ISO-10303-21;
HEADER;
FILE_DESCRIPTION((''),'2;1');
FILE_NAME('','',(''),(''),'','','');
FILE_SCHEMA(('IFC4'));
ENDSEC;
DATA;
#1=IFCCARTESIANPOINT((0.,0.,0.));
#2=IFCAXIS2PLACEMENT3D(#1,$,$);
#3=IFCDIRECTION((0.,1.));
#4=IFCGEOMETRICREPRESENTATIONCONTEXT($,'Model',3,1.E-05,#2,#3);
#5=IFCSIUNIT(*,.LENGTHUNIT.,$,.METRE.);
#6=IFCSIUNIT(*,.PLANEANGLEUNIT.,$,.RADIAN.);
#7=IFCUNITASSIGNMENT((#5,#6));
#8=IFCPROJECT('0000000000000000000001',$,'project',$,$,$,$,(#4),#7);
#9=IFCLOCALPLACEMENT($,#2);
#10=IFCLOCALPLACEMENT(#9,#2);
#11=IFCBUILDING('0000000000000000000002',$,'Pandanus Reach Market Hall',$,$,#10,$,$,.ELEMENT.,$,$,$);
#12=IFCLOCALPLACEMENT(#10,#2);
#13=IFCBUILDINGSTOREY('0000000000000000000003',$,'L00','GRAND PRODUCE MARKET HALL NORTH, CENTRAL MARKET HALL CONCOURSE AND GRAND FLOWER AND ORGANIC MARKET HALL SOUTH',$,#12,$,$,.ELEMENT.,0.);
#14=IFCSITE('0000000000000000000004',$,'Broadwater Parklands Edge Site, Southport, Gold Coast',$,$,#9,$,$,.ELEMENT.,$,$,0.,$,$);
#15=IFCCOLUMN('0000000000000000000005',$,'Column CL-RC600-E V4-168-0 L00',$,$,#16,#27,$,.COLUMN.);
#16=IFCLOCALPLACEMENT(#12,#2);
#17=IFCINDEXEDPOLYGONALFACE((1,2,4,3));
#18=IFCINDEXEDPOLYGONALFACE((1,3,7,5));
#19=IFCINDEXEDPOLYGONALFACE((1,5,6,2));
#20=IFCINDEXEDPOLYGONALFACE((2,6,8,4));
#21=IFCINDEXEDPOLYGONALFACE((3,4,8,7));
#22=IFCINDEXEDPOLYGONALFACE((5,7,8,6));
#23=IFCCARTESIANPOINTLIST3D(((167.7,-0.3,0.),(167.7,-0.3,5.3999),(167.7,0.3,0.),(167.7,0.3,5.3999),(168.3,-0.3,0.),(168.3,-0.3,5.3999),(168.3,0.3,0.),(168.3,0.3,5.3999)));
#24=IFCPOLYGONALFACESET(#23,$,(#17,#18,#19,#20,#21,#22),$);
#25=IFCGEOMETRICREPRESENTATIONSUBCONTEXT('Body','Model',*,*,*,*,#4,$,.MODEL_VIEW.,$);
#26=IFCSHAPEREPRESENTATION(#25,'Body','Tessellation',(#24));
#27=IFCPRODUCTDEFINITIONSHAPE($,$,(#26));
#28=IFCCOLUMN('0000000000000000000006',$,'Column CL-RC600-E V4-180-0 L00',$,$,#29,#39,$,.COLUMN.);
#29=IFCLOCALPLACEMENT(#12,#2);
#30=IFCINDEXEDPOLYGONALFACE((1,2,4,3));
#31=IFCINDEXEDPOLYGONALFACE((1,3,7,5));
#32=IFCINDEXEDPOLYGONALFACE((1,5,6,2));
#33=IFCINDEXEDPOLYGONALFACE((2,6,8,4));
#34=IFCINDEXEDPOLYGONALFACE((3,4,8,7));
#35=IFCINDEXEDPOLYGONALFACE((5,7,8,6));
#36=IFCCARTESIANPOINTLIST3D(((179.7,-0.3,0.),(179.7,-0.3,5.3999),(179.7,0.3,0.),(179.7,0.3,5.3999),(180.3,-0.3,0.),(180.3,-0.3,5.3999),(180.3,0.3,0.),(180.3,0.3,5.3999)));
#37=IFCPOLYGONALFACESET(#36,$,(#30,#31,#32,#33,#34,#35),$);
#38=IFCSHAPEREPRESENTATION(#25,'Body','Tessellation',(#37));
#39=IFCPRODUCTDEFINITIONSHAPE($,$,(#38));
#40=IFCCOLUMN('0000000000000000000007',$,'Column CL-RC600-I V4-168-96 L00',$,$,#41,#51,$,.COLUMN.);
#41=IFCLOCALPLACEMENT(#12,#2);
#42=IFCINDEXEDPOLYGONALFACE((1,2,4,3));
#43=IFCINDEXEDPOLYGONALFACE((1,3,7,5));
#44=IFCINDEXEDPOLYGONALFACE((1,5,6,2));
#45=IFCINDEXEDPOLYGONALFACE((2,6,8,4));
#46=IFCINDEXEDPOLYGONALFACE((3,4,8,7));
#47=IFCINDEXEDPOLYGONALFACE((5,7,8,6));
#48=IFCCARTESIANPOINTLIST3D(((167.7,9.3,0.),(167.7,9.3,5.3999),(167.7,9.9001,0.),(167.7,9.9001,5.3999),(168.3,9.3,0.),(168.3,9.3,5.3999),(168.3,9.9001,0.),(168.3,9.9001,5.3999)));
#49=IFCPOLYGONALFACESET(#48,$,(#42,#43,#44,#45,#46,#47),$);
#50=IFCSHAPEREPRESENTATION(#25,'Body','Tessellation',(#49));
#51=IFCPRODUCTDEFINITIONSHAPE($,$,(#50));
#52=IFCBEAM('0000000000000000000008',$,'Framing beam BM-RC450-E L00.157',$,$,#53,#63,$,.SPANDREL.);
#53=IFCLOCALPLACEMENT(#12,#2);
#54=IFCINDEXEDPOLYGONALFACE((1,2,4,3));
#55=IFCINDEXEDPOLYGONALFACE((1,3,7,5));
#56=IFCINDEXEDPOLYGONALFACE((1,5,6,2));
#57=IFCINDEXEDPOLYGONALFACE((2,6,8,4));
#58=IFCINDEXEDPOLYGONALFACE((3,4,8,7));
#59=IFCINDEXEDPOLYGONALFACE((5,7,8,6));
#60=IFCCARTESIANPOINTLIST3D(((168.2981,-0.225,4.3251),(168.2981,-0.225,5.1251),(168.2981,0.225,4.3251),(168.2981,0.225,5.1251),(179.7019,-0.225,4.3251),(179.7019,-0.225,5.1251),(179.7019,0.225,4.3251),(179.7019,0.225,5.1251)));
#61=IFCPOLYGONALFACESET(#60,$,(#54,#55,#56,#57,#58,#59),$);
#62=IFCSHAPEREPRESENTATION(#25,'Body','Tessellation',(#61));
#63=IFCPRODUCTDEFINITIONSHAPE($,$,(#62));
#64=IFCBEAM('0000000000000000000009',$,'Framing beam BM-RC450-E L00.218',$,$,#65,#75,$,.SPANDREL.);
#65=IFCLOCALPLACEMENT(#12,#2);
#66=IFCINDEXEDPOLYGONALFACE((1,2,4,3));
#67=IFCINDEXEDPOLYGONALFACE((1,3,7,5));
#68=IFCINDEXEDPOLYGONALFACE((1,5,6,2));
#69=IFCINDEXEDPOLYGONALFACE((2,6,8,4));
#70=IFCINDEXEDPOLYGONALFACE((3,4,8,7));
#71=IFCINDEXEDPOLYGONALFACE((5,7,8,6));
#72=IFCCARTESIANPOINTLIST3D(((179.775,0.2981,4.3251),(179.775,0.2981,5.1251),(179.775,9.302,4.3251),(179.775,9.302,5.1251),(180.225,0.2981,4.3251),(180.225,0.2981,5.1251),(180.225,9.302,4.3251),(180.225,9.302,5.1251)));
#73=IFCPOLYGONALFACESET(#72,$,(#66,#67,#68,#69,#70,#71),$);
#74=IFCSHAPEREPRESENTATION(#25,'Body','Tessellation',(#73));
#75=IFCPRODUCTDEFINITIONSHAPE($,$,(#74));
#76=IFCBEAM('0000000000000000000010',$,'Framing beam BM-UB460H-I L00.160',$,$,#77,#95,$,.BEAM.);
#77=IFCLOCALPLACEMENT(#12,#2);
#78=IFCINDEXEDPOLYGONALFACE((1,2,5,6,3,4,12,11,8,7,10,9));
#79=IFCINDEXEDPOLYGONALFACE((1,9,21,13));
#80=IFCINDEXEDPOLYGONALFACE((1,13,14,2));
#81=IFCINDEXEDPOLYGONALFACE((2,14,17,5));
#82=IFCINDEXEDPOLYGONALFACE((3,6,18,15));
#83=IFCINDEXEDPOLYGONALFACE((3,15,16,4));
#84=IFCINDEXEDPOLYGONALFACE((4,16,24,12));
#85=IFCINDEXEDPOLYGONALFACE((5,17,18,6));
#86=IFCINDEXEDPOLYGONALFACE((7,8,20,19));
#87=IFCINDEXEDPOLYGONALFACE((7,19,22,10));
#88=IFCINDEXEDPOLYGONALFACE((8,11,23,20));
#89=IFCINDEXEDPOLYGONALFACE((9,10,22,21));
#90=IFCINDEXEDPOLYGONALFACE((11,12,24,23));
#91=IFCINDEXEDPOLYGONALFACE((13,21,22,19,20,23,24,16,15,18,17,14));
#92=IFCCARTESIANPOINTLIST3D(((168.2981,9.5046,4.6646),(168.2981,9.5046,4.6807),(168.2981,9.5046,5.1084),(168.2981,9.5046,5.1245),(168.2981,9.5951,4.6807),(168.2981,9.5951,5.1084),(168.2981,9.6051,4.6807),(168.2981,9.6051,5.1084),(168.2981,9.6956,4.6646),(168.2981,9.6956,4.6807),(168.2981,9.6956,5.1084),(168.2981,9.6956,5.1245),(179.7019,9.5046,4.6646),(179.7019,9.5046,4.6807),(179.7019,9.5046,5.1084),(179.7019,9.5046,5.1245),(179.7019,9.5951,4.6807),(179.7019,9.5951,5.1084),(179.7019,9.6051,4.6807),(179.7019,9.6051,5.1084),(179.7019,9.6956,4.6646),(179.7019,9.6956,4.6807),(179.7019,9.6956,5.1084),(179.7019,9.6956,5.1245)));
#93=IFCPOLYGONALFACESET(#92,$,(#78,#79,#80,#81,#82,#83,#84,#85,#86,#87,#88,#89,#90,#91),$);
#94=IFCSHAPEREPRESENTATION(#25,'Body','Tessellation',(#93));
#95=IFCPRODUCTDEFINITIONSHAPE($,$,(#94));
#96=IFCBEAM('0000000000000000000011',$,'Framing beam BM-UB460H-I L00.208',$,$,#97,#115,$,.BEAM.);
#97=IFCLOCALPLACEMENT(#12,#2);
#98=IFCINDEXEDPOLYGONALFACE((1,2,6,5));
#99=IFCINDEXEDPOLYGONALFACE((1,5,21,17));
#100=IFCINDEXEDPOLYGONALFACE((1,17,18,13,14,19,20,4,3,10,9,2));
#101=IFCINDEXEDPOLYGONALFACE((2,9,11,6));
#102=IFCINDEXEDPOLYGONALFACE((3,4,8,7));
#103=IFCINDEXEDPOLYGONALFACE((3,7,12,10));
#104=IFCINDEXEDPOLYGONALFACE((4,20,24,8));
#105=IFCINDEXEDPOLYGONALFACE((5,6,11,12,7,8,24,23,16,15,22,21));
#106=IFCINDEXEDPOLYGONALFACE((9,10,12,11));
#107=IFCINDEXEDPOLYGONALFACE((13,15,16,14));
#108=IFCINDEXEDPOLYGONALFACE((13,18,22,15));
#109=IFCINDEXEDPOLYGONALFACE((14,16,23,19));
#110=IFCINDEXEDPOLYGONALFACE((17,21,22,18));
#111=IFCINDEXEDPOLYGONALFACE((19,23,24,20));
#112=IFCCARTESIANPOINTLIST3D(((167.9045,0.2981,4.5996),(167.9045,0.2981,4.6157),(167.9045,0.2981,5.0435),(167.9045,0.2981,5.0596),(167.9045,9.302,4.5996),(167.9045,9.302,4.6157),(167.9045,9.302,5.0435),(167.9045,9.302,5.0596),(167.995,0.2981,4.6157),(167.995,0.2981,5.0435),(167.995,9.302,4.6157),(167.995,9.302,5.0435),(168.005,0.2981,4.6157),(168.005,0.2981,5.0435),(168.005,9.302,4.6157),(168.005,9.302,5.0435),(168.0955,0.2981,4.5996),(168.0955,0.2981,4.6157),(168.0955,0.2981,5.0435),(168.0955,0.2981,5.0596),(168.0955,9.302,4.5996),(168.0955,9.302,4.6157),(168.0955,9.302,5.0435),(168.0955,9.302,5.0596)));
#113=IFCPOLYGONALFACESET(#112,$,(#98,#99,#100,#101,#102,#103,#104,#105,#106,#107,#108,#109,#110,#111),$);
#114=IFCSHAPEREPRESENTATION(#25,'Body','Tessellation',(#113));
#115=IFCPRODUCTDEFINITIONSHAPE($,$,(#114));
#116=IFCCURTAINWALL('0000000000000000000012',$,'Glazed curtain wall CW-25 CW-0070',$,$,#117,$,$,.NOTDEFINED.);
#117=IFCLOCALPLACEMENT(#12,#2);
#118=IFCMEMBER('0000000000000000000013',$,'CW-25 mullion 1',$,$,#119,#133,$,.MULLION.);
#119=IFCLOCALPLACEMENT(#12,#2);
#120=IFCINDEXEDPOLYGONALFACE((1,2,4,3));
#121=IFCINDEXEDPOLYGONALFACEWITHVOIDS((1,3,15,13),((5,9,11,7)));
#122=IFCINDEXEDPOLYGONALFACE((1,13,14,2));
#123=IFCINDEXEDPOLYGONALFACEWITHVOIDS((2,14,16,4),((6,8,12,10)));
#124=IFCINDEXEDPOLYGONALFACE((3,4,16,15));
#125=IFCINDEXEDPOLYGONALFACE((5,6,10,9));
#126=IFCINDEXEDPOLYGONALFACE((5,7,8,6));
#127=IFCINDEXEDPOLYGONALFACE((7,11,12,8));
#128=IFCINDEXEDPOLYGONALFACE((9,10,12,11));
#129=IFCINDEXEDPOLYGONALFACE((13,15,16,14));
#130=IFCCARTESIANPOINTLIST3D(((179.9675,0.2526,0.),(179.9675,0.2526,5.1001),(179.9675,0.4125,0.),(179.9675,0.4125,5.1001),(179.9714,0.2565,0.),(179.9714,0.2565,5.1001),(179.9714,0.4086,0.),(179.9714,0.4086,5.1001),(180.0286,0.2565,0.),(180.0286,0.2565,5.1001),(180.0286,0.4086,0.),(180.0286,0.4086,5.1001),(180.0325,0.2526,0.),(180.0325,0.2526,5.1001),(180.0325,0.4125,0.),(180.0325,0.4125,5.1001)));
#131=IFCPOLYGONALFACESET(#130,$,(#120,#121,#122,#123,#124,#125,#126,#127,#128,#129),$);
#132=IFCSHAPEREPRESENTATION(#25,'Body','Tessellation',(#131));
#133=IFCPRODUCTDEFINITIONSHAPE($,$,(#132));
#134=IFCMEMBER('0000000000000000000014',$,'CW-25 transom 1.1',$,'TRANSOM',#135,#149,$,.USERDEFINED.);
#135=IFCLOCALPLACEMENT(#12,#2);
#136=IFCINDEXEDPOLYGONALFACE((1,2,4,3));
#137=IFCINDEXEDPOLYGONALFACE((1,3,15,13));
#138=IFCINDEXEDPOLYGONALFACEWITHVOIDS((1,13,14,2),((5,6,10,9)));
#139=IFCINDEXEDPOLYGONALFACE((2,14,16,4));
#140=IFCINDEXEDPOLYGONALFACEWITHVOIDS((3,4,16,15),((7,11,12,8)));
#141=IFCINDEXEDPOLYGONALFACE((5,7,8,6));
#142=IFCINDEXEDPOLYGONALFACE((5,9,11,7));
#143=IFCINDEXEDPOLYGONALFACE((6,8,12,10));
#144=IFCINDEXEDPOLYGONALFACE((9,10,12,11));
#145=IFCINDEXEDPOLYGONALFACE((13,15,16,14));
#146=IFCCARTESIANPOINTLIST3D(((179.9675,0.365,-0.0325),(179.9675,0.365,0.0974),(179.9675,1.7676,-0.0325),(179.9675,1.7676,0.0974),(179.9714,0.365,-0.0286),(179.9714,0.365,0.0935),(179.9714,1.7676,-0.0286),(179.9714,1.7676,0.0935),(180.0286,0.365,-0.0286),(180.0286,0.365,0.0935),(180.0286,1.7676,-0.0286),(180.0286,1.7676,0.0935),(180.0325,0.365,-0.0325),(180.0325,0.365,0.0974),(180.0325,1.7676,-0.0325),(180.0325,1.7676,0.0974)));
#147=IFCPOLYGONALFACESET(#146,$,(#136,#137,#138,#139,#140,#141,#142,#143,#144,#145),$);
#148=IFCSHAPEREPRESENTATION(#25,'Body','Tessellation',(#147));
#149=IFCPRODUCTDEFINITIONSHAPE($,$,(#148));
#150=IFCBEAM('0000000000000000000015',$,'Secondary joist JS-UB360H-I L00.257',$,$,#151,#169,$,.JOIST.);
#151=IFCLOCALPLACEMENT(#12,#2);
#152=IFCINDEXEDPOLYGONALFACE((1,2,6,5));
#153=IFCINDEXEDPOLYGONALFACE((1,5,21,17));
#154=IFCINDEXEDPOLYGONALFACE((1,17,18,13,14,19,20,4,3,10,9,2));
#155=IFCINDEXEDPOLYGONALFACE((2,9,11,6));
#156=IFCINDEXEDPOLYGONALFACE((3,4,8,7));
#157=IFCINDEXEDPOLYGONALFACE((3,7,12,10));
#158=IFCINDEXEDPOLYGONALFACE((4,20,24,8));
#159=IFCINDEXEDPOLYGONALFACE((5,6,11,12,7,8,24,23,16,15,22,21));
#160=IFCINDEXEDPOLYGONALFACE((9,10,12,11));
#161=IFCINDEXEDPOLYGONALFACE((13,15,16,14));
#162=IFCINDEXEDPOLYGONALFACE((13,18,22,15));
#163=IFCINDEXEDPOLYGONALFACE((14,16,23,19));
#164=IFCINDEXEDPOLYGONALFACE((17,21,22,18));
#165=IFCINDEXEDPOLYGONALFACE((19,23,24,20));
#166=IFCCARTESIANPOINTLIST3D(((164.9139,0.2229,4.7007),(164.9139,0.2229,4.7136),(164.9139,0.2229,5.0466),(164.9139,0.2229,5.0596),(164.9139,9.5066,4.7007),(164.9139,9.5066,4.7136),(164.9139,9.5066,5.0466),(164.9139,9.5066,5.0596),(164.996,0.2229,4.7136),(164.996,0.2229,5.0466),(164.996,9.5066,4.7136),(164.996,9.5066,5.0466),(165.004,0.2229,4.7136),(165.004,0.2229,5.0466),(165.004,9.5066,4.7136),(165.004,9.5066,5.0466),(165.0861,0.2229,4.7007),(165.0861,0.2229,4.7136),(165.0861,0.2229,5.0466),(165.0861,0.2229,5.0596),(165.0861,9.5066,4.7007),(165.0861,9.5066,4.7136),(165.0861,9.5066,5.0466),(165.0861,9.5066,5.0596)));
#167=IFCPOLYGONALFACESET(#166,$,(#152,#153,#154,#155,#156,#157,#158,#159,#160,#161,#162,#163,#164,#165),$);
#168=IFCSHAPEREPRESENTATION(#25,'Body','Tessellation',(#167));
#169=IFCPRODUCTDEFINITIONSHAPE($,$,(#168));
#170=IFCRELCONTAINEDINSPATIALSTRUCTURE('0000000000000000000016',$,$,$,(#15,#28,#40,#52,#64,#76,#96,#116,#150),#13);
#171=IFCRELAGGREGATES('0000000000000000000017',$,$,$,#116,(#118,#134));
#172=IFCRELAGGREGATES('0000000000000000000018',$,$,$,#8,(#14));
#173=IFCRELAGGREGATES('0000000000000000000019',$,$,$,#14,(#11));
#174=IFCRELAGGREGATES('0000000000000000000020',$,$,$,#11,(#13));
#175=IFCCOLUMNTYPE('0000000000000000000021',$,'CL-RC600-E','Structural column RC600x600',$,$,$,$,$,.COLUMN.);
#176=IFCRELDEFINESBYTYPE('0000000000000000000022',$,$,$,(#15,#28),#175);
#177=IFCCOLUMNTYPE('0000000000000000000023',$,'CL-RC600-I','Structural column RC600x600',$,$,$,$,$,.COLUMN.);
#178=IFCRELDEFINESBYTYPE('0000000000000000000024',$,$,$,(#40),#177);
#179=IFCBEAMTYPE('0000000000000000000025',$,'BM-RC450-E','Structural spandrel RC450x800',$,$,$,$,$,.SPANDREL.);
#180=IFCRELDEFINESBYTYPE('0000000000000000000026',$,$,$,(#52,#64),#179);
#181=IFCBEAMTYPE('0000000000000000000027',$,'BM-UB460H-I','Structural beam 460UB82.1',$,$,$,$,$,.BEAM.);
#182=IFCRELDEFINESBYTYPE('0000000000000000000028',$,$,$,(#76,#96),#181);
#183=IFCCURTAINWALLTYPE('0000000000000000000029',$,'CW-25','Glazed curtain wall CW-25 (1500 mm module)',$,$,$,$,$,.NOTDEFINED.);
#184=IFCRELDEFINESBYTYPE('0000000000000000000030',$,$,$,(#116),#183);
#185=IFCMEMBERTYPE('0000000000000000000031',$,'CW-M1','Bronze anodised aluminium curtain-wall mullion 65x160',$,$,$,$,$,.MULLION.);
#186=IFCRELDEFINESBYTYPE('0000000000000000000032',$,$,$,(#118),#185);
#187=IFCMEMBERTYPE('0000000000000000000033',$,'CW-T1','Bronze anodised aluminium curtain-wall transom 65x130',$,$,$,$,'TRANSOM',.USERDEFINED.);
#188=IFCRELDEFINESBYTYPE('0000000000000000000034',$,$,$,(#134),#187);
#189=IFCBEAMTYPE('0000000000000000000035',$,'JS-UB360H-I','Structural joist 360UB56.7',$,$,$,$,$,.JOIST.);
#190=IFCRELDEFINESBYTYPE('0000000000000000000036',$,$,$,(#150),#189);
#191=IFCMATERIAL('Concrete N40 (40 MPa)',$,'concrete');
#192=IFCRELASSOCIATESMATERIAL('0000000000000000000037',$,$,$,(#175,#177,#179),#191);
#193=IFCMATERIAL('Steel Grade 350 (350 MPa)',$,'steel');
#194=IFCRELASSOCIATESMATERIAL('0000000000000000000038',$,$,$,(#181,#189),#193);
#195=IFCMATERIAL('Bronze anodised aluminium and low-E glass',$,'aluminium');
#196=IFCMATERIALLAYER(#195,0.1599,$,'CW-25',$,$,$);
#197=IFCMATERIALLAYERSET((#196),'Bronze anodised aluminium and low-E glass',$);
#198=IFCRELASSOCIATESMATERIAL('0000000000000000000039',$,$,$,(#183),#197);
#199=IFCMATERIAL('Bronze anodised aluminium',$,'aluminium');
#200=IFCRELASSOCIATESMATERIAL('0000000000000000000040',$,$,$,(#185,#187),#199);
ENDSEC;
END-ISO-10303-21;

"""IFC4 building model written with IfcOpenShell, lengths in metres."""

from ifc_helpers import new_model, si_unit, direction, frame, origin, origin_2d, place, context, subcontext, project, spatial, rectangle, hollow_rectangle, i_section, extrude, material, layer, layer_set, material_profile, profile_set, type_object, element, aggregate, save


model = new_model("IFC4")

# Units and contexts
model_context = context("Model", 3, precision=1e-05, world=origin(), true_north=direction((0.0, 1.0)))
body_context = subcontext(model_context, "Body", "Model", "MODEL_VIEW")
ifc_project = project(units=[si_unit("LENGTHUNIT", "METRE"), si_unit("PLANEANGLEUNIT", "RADIAN")], contexts=[model_context])

# Site, building, storey
site_placement = place(None, origin())
site = spatial("IfcSite", under=ifc_project, at=site_placement, Name="Broadwater Parklands Edge Site, Southport, Gold Coast", CompositionType="ELEMENT", RefElevation=0.0)
building_placement = place(site_placement, origin())
building = spatial("IfcBuilding", under=site, at=building_placement, Name="Pandanus Reach Market Hall", CompositionType="ELEMENT")
storey_placement = place(building_placement, origin())
storey = spatial("IfcBuildingStorey", under=building, at=storey_placement, Name="L00", Description="GRAND PRODUCE MARKET HALL NORTH, CENTRAL MARKET HALL CONCOURSE AND GRAND FLOWER AND ORGANIC MARKET HALL SOUTH", CompositionType="ELEMENT", Elevation=0.0)

# Columns
ifc_material_1 = material(Name="Concrete N40 (40 MPa)", Category="concrete")
ifc_material_profile_1 = material_profile(ifc_material_1, rectangle(XDim=0.6001, YDim=0.6001, at=origin_2d()), Name="RC600x600", Category="LoadBearing")
ifc_profile_set_1 = profile_set([ifc_material_profile_1], Name="Concrete N40 (40 MPa)")
column_type_1 = type_object("IfcColumnType", Name="CL-RC600-E", Description="Structural column RC600x600", PredefinedType="COLUMN", material=ifc_profile_set_1)
for number, where, z_axis, x_axis, name in (
    (1, (168.0, 0.0, 0.0), (0.0, 0.0, 1.0), (1.0, 0.0, 0.0), "Column CL-RC600-E V4-168-0 L00"),
    (2, (180.0, 0.0, 0.0), (0.0, 0.0, 1.0), (1.0, 0.0, 0.0), "Column CL-RC600-E V4-180-0 L00"),
):
    element("IfcColumn", number, at=place(storey_placement, frame(where, z_axis=z_axis, x_axis=x_axis)), inside=storey, type_object=column_type_1, Name=name, PredefinedType="COLUMN", context=body_context, shape_type="SweptSolid", body=[
        extrude(rectangle(XDim=0.6001, YDim=0.6001, at=origin_2d()), origin(), (0.0, 0.0, 1.0), 5.3999),
    ])
ifc_material_profile_2 = material_profile(ifc_material_1, rectangle(XDim=0.6001, YDim=0.6001, at=origin_2d()), Name="RC600x600", Category="LoadBearing")
ifc_profile_set_2 = profile_set([ifc_material_profile_2], Name="Concrete N40 (40 MPa)")
column_type_2 = type_object("IfcColumnType", Name="CL-RC600-I", Description="Structural column RC600x600", PredefinedType="COLUMN", material=ifc_profile_set_2)
column_placement = place(storey_placement, frame((168.0, 9.6001, 0.0), z_axis=(0.0, 0.0, 1.0), x_axis=(1.0, 0.0, 0.0)))
element("IfcColumn", 3, at=column_placement, inside=storey, type_object=column_type_2, Name="Column CL-RC600-I V4-168-96 L00", PredefinedType="COLUMN", context=body_context, shape_type="SweptSolid", body=[
    extrude(rectangle(XDim=0.6001, YDim=0.6001, at=origin_2d()), origin(), (0.0, 0.0, 1.0), 5.3999),
])

# Beams
ifc_material_profile_3 = material_profile(ifc_material_1, rectangle(XDim=0.45, YDim=0.8, at=origin_2d()), Name="RC450x800", Category="LoadBearing")
ifc_profile_set_3 = profile_set([ifc_material_profile_3], Name="Concrete N40 (40 MPa)")
beam_type_1 = type_object("IfcBeamType", Name="BM-RC450-E", Description="Structural spandrel RC450x800", PredefinedType="SPANDREL", material=ifc_profile_set_3)
beam_1_placement = place(storey_placement, frame((168.2981, 0.0, 4.7251), z_axis=(1.0, 0.0, 0.0), x_axis=(0.0, 1.0, 0.0)))
element("IfcBeam", 4, at=beam_1_placement, inside=storey, type_object=beam_type_1, Name="Framing beam BM-RC450-E L00.157", PredefinedType="SPANDREL", context=body_context, shape_type="SweptSolid", body=[
    extrude(rectangle(XDim=0.45, YDim=0.8, at=origin_2d()), origin(), (0.0, 0.0, 1.0), 11.4038),
])
beam_2_placement = place(storey_placement, frame((180.0, 0.2981, 4.7251), z_axis=(0.0, 1.0, 0.0), x_axis=(-1.0, 0.0, 0.0)))
element("IfcBeam", 5, at=beam_2_placement, inside=storey, type_object=beam_type_1, Name="Framing beam BM-RC450-E L00.218", PredefinedType="SPANDREL", context=body_context, shape_type="SweptSolid", body=[
    extrude(rectangle(XDim=0.45, YDim=0.8, at=origin_2d()), origin(), (0.0, 0.0, 1.0), 9.0039),
])
ifc_material_2 = material(Name="Steel Grade 350 (350 MPa)", Category="steel")
ifc_material_profile_4 = material_profile(ifc_material_2, i_section(OverallWidth=0.1909, OverallDepth=0.46, WebThickness=0.01, FlangeThickness=0.0161, at=origin_2d()), Name="460UB82.1", Category="LoadBearing")
ifc_profile_set_4 = profile_set([ifc_material_profile_4], Name="Steel Grade 350 (350 MPa)")
beam_type_2 = type_object("IfcBeamType", Name="BM-UB460H-I", Description="Structural beam 460UB82.1", PredefinedType="BEAM", material=ifc_profile_set_4)
beam_3_placement = place(storey_placement, frame((168.2981, 9.6001, 4.8945), z_axis=(1.0, 0.0, 0.0), x_axis=(0.0, 1.0, 0.0)))
element("IfcBeam", 6, at=beam_3_placement, inside=storey, type_object=beam_type_2, Name="Framing beam BM-UB460H-I L00.160", PredefinedType="BEAM", context=body_context, shape_type="SweptSolid", body=[
    extrude(i_section(OverallWidth=0.1909, OverallDepth=0.46, WebThickness=0.01, FlangeThickness=0.0161, at=origin_2d()), origin(), (0.0, 0.0, 1.0), 11.4038),
])
beam_4_placement = place(storey_placement, frame((168.0, 0.2981, 4.8296), z_axis=(0.0, 1.0, 0.0), x_axis=(-1.0, 0.0, 0.0)))
element("IfcBeam", 7, at=beam_4_placement, inside=storey, type_object=beam_type_2, Name="Framing beam BM-UB460H-I L00.208", PredefinedType="BEAM", context=body_context, shape_type="SweptSolid", body=[
    extrude(i_section(OverallWidth=0.1909, OverallDepth=0.46, WebThickness=0.01, FlangeThickness=0.0161, at=origin_2d()), origin(), (0.0, 0.0, 1.0), 9.0039),
])

# Curtain wall, members
ifc_material_3 = material(Name="Bronze anodised aluminium and low-E glass", Category="aluminium")
ifc_layer_1 = layer(ifc_material_3, 0.1599, Name="CW-25")
ifc_layer_set_1 = layer_set([ifc_layer_1], Name="Bronze anodised aluminium and low-E glass")
curtain_wall_type = type_object("IfcCurtainWallType", Name="CW-25", Description="Glazed curtain wall CW-25 (1500 mm module)", PredefinedType="NOTDEFINED", material=ifc_layer_set_1)
curtain_wall_placement = place(storey_placement, origin())
curtain_wall = element("IfcCurtainWall", 8, at=curtain_wall_placement, inside=storey, type_object=curtain_wall_type, Name="Glazed curtain wall CW-25 CW-0070", PredefinedType="NOTDEFINED")
ifc_material_4 = material(Name="Bronze anodised aluminium", Category="aluminium")
ifc_material_profile_5 = material_profile(ifc_material_4, hollow_rectangle(XDim=0.0649, YDim=0.1599, WallThickness=0.0039, at=origin_2d()), Name="ALU65x160", Category="LoadBearing")
ifc_profile_set_5 = profile_set([ifc_material_profile_5], Name="Bronze anodised aluminium")
member_type_1 = type_object("IfcMemberType", Name="CW-M1", Description="Bronze anodised aluminium curtain-wall mullion 65x160", PredefinedType="MULLION", material=ifc_profile_set_5)
member_1_placement = place(storey_placement, frame((180.0, 0.3325, 0.0), z_axis=(0.0, 0.0, 1.0), x_axis=(-1.0, 0.0, 0.0)))
member_1 = element("IfcMember", 9, at=member_1_placement, type_object=member_type_1, Name="CW-25 mullion 1", PredefinedType="MULLION", context=body_context, shape_type="SweptSolid", body=[
    extrude(hollow_rectangle(XDim=0.0649, YDim=0.1599, WallThickness=0.0039, at=origin_2d()), origin(), (0.0, 0.0, 1.0), 5.1001),
])
ifc_material_profile_6 = material_profile(ifc_material_4, hollow_rectangle(XDim=0.0649, YDim=0.1299, WallThickness=0.0039, at=origin_2d()), Name="ALU65x130", Category="LoadBearing")
ifc_profile_set_6 = profile_set([ifc_material_profile_6], Name="Bronze anodised aluminium")
member_type_2 = type_object("IfcMemberType", Name="CW-T1", Description="Bronze anodised aluminium curtain-wall transom 65x130", ElementType="TRANSOM", PredefinedType="USERDEFINED", material=ifc_profile_set_6)
member_2_placement = place(storey_placement, frame((180.0, 0.365, 0.0325), z_axis=(0.0, 1.0, 0.0), x_axis=(-1.0, 0.0, 0.0)))
member_2 = element("IfcMember", 10, at=member_2_placement, type_object=member_type_2, Name="CW-25 transom 1.1", ObjectType="TRANSOM", PredefinedType="USERDEFINED", context=body_context, shape_type="SweptSolid", body=[
    extrude(hollow_rectangle(XDim=0.0649, YDim=0.1299, WallThickness=0.0039, at=origin_2d()), origin(), (0.0, 0.0, 1.0), 1.4026),
])
aggregate(curtain_wall, [member_1, member_2])

# Beam
ifc_material_profile_7 = material_profile(ifc_material_2, i_section(OverallWidth=0.1721, OverallDepth=0.3589, WebThickness=0.0081, FlangeThickness=0.0129, at=origin_2d()), Name="360UB56.7", Category="LoadBearing")
ifc_profile_set_7 = profile_set([ifc_material_profile_7], Name="Steel Grade 350 (350 MPa)")
beam_type_3 = type_object("IfcBeamType", Name="JS-UB360H-I", Description="Structural joist 360UB56.7", PredefinedType="JOIST", material=ifc_profile_set_7)
for number, where, z_axis, x_axis, name in (
    (11, (165.0, 0.2229, 4.8801), (0.0, 1.0, 0.0), (-1.0, 0.0, 0.0), "Secondary joist JS-UB360H-I L00.257"),
):
    element("IfcBeam", number, at=place(storey_placement, frame(where, z_axis=z_axis, x_axis=x_axis)), inside=storey, type_object=beam_type_3, Name=name, PredefinedType="JOIST", context=body_context, shape_type="SweptSolid", body=[
        extrude(i_section(OverallWidth=0.1721, OverallDepth=0.3589, WebThickness=0.0081, FlangeThickness=0.0129, at=origin_2d()), origin(), (0.0, 0.0, 1.0), 9.2837),
    ])

save(model, "model.ifc")
